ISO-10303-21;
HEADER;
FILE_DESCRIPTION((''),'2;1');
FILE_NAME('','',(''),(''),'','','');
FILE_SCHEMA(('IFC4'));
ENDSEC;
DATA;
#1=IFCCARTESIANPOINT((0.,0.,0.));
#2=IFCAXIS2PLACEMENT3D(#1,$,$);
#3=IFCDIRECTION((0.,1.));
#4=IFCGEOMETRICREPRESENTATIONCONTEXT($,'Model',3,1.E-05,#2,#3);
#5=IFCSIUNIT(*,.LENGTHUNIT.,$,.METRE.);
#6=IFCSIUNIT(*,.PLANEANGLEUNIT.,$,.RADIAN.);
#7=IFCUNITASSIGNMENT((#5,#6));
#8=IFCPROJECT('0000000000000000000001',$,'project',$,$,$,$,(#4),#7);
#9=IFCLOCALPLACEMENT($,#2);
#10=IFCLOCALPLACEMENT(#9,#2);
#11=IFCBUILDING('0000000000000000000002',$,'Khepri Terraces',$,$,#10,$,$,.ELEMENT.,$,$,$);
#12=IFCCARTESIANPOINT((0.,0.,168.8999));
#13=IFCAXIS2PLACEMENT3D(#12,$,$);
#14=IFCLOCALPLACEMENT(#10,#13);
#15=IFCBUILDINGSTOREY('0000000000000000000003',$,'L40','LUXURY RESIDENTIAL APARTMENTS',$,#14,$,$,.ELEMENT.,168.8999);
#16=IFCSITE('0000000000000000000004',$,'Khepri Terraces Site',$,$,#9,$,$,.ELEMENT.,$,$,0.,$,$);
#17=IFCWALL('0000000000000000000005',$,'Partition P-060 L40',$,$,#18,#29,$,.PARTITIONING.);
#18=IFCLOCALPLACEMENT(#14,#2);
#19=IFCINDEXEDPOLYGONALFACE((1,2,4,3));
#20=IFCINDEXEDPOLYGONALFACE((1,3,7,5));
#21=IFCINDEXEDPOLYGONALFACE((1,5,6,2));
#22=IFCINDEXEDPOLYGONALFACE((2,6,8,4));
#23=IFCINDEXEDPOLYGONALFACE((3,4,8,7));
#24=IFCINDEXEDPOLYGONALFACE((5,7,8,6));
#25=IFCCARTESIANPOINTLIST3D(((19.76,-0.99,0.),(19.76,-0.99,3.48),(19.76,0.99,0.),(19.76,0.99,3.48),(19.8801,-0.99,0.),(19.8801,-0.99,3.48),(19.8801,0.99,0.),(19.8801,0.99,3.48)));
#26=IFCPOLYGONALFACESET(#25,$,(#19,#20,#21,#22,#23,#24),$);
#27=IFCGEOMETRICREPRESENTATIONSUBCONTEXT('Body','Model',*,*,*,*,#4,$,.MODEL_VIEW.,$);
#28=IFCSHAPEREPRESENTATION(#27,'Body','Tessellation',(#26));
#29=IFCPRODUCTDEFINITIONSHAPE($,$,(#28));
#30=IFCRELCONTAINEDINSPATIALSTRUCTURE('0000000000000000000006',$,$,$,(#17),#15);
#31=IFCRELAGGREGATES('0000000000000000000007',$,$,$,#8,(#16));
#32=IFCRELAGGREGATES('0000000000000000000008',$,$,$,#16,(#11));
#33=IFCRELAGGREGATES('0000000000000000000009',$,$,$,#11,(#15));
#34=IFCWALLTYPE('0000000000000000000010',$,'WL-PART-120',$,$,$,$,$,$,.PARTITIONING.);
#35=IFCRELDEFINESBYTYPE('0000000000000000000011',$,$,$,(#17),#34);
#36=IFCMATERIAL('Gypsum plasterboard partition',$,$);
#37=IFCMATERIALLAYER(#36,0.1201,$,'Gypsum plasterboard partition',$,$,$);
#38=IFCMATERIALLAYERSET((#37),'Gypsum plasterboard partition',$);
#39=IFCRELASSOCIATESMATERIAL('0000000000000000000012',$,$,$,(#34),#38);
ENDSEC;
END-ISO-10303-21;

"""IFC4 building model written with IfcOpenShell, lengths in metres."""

from ifc_helpers import new_model, si_unit, direction, frame, frame_2d, origin, place, context, subcontext, project, spatial, rectangle, extrude, material, layer, layer_set, type_object, element, save


model = new_model("IFC4")

# Units and contexts
model_context = context("Model", 3, precision=1e-05, world=origin(), true_north=direction((0.0, 1.0)))
body_context = subcontext(model_context, "Body", "Model", "MODEL_VIEW")
ifc_project = project(units=[si_unit("LENGTHUNIT", "METRE"), si_unit("PLANEANGLEUNIT", "RADIAN")], contexts=[model_context])

# Site, building, storey
site_placement = place(None, origin())
site = spatial("IfcSite", under=ifc_project, at=site_placement, Name="Khepri Terraces Site", CompositionType="ELEMENT", RefElevation=0.0)
building_placement = place(site_placement, origin())
building = spatial("IfcBuilding", under=site, at=building_placement, Name="Khepri Terraces", CompositionType="ELEMENT")
storey_placement = place(building_placement, frame((0.0, 0.0, 168.8999)))
storey = spatial("IfcBuildingStorey", under=building, at=storey_placement, Name="L40", Description="LUXURY RESIDENTIAL APARTMENTS", CompositionType="ELEMENT", Elevation=168.8999)

# Shared definitions
ifc_material_1 = material(Name="Gypsum plasterboard partition")
ifc_layer_1 = layer(ifc_material_1, 0.1201, Name="Gypsum plasterboard partition")
ifc_layer_set_1 = layer_set([ifc_layer_1], Name="Gypsum plasterboard partition")
wall_type_1 = type_object("IfcWallType", Name="WL-PART-120", PredefinedType="PARTITIONING", material=ifc_layer_set_1)

# Wall
wall_1_placement = place(storey_placement, frame((19.8201, -0.99, 0.0), z_axis=(0.0, 0.0, 1.0), x_axis=(0.0, 1.0, 0.0)))
element("IfcWall", 1, at=wall_1_placement, inside=storey, type_object=wall_type_1, Name="Partition P-060 L40", PredefinedType="PARTITIONING", context=body_context, shape_type="SweptSolid", body=[
    extrude(rectangle(XDim=1.98, YDim=0.1201, at=frame_2d((0.99, 0.0))), origin(), (0.0, 0.0, 1.0), 3.48),
])

save(model, "model.ifc")
